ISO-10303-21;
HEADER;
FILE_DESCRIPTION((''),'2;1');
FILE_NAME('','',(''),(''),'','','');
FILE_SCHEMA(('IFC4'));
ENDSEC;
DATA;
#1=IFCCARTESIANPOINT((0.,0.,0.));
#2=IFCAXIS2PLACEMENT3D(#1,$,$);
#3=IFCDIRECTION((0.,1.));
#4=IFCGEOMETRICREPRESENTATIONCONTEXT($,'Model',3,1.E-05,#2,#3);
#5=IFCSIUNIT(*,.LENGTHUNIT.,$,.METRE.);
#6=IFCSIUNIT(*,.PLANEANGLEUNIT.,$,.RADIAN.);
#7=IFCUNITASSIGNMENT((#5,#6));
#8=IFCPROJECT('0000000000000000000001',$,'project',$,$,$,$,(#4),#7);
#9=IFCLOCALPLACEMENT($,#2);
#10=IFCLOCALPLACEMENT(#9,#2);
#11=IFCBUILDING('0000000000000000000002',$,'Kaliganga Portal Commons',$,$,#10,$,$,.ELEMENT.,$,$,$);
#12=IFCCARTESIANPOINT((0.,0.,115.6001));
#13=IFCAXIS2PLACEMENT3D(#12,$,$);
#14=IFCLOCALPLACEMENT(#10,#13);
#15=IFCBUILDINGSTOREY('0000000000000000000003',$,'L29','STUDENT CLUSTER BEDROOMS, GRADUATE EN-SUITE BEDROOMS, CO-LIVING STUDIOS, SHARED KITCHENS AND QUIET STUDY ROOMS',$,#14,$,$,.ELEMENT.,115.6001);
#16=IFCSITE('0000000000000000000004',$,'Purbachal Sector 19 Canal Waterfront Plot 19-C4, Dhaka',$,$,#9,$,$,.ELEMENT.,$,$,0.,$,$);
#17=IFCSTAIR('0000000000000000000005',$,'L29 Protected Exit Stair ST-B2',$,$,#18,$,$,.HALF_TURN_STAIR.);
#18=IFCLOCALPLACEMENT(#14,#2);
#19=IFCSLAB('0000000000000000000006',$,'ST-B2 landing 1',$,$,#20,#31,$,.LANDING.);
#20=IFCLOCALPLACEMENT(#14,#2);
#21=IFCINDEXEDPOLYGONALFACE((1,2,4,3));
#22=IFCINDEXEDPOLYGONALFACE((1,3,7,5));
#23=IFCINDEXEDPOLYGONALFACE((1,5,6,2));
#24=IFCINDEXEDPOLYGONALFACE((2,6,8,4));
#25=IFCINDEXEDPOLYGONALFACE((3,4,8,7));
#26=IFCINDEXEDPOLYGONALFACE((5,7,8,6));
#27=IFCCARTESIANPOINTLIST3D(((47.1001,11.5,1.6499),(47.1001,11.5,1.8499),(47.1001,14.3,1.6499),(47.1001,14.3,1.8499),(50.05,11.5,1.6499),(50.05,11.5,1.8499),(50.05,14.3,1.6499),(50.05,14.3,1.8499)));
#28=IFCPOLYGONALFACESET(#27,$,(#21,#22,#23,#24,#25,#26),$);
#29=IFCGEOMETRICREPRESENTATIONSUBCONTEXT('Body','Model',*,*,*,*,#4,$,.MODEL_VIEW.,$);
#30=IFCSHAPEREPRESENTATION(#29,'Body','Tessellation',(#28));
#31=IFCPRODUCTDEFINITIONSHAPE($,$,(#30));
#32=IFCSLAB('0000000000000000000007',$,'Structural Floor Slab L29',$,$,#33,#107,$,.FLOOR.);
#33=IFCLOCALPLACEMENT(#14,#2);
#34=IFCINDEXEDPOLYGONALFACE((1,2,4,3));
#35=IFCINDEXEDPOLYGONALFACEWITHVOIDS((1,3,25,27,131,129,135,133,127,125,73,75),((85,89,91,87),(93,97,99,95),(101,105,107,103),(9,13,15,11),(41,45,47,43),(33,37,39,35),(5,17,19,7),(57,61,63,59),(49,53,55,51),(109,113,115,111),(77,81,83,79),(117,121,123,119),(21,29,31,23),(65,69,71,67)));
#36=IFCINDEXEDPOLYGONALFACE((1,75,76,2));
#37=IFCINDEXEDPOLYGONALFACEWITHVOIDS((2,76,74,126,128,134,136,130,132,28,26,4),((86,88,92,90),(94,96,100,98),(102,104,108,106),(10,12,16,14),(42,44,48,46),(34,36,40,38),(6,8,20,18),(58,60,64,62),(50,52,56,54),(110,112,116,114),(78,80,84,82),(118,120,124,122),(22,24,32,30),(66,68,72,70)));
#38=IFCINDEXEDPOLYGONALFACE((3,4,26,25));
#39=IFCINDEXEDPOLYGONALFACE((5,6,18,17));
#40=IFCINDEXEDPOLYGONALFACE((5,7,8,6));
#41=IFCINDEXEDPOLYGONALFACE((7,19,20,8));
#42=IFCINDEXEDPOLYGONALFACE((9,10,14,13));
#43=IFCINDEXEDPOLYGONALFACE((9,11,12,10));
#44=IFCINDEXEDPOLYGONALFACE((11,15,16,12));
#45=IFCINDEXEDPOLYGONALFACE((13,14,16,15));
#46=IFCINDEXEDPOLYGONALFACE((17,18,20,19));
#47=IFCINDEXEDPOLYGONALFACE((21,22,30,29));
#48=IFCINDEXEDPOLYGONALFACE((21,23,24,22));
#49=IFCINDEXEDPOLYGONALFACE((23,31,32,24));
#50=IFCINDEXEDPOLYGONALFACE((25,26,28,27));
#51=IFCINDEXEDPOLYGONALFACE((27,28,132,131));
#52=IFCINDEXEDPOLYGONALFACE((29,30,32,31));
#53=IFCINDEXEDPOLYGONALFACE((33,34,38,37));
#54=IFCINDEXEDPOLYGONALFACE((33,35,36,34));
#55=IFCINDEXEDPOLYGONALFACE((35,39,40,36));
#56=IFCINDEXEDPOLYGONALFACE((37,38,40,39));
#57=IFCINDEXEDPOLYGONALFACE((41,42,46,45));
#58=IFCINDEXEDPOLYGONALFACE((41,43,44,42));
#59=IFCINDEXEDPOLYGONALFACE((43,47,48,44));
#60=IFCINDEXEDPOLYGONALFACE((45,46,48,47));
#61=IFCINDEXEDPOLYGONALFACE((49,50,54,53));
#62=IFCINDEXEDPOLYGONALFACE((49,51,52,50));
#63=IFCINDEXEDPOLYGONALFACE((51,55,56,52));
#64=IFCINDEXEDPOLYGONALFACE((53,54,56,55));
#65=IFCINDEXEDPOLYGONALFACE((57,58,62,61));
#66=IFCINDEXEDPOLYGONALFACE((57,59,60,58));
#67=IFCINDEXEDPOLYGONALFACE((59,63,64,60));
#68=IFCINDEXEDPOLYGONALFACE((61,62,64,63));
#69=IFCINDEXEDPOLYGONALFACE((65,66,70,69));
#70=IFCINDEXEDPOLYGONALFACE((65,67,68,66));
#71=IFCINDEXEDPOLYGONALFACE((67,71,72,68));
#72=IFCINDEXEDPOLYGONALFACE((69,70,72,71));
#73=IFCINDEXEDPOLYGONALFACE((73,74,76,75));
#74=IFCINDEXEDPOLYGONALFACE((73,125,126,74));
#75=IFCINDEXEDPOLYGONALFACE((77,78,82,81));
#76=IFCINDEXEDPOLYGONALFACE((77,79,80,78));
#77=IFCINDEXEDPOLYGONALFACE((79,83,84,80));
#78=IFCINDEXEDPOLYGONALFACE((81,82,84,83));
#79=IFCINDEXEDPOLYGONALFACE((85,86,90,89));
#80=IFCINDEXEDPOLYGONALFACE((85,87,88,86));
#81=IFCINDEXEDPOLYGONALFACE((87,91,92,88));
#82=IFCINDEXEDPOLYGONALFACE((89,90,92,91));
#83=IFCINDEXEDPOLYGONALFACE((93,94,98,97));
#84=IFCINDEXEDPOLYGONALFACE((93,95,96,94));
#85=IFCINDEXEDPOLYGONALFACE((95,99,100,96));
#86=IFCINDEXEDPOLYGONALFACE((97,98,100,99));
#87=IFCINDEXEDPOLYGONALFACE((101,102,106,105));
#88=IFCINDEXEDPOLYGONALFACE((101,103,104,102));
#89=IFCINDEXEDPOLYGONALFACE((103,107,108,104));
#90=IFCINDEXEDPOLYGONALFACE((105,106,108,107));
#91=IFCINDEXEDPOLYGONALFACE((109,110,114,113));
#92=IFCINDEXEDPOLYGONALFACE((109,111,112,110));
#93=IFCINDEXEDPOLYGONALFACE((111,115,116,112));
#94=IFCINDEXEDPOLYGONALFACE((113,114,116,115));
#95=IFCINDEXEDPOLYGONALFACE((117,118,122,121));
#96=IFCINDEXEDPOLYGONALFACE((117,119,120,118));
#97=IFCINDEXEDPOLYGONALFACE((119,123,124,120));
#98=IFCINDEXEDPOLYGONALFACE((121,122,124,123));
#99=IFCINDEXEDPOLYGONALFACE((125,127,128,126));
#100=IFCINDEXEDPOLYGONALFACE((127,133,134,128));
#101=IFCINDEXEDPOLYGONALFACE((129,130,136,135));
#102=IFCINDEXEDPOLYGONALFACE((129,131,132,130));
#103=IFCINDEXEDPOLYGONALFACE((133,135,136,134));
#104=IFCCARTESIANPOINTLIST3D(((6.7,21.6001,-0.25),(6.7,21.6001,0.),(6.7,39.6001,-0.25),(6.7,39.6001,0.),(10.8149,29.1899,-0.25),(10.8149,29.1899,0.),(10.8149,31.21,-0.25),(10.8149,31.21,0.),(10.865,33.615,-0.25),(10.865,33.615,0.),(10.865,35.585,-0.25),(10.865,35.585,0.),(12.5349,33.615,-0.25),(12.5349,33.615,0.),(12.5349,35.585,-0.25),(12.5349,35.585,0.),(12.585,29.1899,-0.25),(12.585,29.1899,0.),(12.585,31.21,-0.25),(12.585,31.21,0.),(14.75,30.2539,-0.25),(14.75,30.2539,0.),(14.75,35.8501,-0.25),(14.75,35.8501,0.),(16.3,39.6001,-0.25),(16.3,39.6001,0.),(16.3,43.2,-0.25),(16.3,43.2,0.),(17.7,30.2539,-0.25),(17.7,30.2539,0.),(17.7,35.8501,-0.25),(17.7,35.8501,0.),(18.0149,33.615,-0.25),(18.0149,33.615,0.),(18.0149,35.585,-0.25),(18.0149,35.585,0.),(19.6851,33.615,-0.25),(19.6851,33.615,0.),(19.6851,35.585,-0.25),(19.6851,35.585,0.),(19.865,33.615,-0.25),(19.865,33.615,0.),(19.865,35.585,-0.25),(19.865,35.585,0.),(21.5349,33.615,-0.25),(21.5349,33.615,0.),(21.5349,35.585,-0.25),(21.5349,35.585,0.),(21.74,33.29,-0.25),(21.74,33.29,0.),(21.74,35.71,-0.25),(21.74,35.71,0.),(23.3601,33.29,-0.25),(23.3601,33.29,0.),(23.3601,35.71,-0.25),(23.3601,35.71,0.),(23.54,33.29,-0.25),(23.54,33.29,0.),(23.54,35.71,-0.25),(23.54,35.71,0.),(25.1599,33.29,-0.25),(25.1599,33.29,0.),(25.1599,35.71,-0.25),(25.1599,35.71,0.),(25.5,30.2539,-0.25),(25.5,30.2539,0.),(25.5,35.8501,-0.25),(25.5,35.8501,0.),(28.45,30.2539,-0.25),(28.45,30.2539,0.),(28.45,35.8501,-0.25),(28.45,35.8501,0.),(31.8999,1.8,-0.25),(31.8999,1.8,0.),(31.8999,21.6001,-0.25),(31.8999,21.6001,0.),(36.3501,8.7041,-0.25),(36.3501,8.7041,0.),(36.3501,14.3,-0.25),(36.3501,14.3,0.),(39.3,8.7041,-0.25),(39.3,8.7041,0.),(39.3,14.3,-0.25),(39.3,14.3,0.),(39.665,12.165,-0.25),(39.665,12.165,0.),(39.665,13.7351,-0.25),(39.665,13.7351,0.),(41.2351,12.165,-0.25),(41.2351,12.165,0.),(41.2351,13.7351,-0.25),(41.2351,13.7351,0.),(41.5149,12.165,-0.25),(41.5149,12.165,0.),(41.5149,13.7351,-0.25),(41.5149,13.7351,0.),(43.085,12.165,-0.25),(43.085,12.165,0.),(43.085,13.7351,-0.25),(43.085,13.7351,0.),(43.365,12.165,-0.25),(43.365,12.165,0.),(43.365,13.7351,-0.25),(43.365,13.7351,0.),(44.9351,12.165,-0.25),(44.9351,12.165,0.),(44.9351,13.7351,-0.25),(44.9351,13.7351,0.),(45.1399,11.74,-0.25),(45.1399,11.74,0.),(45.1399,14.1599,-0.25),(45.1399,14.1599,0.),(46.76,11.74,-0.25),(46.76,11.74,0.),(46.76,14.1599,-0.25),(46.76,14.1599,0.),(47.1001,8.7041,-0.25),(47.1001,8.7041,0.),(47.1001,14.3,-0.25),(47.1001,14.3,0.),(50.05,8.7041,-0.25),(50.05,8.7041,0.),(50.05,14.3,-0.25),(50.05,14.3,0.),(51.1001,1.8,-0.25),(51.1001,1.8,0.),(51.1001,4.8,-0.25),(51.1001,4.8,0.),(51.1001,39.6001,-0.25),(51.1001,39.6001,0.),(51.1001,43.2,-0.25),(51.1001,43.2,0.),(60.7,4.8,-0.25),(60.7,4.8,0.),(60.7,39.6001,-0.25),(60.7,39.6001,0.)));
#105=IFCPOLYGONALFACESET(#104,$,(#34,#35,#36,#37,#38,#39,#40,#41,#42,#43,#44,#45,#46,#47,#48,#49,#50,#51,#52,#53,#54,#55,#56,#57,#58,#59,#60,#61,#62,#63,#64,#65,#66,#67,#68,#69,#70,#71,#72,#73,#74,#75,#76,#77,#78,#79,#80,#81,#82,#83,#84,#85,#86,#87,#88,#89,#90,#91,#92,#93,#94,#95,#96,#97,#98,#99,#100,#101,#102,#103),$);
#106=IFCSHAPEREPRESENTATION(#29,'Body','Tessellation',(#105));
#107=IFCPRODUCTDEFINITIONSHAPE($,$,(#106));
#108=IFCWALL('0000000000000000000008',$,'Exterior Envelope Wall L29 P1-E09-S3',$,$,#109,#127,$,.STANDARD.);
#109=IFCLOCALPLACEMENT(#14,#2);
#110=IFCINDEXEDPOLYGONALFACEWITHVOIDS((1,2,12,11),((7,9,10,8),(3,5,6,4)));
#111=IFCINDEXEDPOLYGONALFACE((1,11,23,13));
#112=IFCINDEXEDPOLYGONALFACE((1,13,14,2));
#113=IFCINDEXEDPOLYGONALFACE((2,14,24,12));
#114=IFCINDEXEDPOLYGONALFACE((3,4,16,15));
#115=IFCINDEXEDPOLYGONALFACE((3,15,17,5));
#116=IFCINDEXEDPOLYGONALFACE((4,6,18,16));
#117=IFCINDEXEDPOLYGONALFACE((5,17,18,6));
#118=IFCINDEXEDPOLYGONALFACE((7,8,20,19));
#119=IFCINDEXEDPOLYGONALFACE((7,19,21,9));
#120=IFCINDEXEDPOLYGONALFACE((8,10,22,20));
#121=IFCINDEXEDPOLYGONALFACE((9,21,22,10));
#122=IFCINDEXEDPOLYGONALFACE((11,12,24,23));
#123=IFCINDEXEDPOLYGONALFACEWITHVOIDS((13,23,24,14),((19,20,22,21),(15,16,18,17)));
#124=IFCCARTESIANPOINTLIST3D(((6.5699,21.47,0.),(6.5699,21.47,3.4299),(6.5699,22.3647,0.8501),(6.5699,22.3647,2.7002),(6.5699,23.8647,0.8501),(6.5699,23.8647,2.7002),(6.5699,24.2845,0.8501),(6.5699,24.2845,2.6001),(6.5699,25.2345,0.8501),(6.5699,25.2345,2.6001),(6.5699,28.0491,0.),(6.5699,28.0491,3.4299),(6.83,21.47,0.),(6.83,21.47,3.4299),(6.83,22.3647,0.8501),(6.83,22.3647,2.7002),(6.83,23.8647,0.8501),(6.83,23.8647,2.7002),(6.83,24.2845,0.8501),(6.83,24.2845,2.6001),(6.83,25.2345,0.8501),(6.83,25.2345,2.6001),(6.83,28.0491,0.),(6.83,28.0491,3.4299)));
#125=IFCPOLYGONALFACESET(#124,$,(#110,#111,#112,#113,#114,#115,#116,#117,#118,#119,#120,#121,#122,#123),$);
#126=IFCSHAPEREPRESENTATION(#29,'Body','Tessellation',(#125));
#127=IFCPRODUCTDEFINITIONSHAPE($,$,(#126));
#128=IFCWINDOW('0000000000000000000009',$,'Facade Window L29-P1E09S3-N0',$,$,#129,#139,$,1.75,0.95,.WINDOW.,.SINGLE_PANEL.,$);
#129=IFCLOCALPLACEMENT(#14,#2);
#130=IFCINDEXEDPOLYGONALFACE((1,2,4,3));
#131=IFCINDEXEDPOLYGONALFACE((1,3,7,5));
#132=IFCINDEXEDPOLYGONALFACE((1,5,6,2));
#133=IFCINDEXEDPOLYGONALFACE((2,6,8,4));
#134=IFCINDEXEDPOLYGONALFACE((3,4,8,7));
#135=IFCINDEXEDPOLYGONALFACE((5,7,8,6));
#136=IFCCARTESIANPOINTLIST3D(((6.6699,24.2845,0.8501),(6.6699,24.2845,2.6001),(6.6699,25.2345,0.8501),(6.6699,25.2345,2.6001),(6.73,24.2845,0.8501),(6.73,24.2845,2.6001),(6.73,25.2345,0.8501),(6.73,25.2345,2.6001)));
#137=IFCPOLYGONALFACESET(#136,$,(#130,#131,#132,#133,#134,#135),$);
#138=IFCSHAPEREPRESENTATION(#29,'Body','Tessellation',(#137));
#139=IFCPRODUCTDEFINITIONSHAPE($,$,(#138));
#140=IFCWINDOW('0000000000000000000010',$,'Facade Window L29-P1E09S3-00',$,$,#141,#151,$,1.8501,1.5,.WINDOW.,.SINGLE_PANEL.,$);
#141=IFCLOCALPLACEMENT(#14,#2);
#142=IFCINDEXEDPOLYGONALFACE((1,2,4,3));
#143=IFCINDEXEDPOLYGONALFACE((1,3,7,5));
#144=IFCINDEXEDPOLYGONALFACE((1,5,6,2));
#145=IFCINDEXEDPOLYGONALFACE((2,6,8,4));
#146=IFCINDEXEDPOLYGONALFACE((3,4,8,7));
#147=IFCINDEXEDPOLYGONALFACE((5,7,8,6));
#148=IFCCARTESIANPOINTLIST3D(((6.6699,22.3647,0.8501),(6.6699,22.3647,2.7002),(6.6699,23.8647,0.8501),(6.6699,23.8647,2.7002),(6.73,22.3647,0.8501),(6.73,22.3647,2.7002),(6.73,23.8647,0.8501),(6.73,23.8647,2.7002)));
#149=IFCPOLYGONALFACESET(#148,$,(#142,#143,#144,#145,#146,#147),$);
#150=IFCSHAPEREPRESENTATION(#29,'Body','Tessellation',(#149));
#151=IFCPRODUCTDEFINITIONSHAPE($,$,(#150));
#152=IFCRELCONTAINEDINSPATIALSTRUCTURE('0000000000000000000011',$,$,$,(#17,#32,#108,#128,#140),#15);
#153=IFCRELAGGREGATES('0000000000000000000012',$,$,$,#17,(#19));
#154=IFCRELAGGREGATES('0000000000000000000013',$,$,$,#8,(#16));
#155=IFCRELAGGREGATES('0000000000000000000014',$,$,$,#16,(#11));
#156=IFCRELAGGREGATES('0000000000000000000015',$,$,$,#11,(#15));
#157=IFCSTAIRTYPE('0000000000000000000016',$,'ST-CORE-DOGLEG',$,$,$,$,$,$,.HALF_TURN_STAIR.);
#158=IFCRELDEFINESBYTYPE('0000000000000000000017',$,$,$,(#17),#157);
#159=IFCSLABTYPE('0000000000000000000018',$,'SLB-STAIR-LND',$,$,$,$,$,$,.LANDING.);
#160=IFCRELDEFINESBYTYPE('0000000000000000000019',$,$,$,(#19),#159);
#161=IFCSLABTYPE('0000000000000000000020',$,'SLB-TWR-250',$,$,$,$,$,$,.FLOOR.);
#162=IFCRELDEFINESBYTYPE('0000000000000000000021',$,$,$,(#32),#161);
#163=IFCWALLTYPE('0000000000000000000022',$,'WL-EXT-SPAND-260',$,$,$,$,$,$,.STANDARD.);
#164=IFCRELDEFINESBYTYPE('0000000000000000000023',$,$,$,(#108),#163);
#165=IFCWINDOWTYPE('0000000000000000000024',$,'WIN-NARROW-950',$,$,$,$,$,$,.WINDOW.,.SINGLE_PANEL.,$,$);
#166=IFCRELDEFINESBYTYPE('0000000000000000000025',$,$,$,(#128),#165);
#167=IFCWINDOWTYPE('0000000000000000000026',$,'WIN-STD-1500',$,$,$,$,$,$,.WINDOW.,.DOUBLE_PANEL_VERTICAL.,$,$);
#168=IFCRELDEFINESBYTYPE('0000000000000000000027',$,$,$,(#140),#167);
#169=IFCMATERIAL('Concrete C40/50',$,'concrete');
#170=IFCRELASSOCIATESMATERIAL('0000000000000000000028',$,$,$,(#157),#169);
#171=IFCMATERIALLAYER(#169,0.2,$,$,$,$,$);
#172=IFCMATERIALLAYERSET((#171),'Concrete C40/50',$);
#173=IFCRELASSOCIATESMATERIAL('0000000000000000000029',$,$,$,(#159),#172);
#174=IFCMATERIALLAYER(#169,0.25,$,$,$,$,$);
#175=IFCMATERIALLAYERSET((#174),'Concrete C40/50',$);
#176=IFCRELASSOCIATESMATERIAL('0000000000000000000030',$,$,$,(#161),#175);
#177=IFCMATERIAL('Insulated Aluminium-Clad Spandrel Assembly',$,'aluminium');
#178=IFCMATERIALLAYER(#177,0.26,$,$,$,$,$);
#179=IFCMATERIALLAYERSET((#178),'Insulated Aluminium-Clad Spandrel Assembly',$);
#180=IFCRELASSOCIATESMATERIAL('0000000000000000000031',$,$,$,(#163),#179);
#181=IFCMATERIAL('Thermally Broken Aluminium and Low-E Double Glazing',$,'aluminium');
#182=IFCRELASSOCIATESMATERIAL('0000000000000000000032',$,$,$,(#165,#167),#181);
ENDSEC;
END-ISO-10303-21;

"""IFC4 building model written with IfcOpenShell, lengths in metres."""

from ifc_helpers import new_model, si_unit, direction, frame, frame_2d, origin, place, context, subcontext, project, spatial, polyline, rectangle, outline, extrude, material, layer, layer_set, type_object, element, fill, aggregate, save


model = new_model("IFC4")

# Units and contexts
model_context = context("Model", 3, precision=1e-05, world=origin(), true_north=direction((0.0, 1.0)))
body_context = subcontext(model_context, "Body", "Model", "MODEL_VIEW")
ifc_project = project(units=[si_unit("LENGTHUNIT", "METRE"), si_unit("PLANEANGLEUNIT", "RADIAN")], contexts=[model_context])

# Site, building, storey
site_placement = place(None, origin())
site = spatial("IfcSite", under=ifc_project, at=site_placement, Name="Purbachal Sector 19 Canal Waterfront Plot 19-C4, Dhaka", CompositionType="ELEMENT", RefElevation=0.0)
building_placement = place(site_placement, origin())
building = spatial("IfcBuilding", under=site, at=building_placement, Name="Kaliganga Portal Commons", CompositionType="ELEMENT")
storey_placement = place(building_placement, frame((0.0, 0.0, 115.6001)))
storey = spatial("IfcBuildingStorey", under=building, at=storey_placement, Name="L29", Description="STUDENT CLUSTER BEDROOMS, GRADUATE EN-SUITE BEDROOMS, CO-LIVING STUDIOS, SHARED KITCHENS AND QUIET STUDY ROOMS", CompositionType="ELEMENT", Elevation=115.6001)

# Shared definitions
ifc_material_1 = material(Name="Concrete C40/50", Category="concrete")

# Stair, slab
stair_type = type_object("IfcStairType", Name="ST-CORE-DOGLEG", PredefinedType="HALF_TURN_STAIR", material=ifc_material_1)
ifc_layer_1 = layer(ifc_material_1, 0.2)
ifc_layer_set_1 = layer_set([ifc_layer_1], Name="Concrete C40/50")
slab_type_1 = type_object("IfcSlabType", Name="SLB-STAIR-LND", PredefinedType="LANDING", material=ifc_layer_set_1)
stair_1_placement = place(storey_placement, origin())
stair_1 = element("IfcStair", 1, at=stair_1_placement, inside=storey, type_object=stair_type, Name="L29 Protected Exit Stair ST-B2", PredefinedType="HALF_TURN_STAIR")
slab_1_placement = place(storey_placement, frame((0.0, 0.0, 1.6499)))
slab_1 = element("IfcSlab", 2, at=slab_1_placement, type_object=slab_type_1, Name="ST-B2 landing 1", PredefinedType="LANDING", context=body_context, shape_type="SweptSolid", body=[
    extrude(outline(polyline([(50.05, 11.5), (50.05, 14.3), (47.1001, 14.3), (47.1001, 11.5), (50.05, 11.5)])), origin(), (0.0, 0.0, 1.0), 0.2),
])
aggregate(stair_1, [slab_1])

# Slab
ifc_layer_2 = layer(ifc_material_1, 0.25)
ifc_layer_set_2 = layer_set([ifc_layer_2], Name="Concrete C40/50")
slab_type_2 = type_object("IfcSlabType", Name="SLB-TWR-250", PredefinedType="FLOOR", material=ifc_layer_set_2)
slab_2_placement = place(storey_placement, frame((0.0, 0.0, -0.25)))
element("IfcSlab", 3, at=slab_2_placement, inside=storey, type_object=slab_type_2, Name="Structural Floor Slab L29", PredefinedType="FLOOR", context=body_context, shape_type="SweptSolid", body=[
    extrude(outline(polyline([(31.8999, 1.8), (51.1001, 1.8), (51.1001, 4.8), (60.7, 4.8), (60.7, 39.6001), (51.1001, 39.6001), (51.1001, 43.2), (16.3, 43.2), (16.3, 39.6001), (6.7, 39.6001), (6.7, 21.6001), (31.8999, 21.6001), (31.8999, 1.8)]), holes=[polyline([(14.75, 30.2539), (14.75, 35.8501), (17.7, 35.8501), (17.7, 30.2539), (14.75, 30.2539)]), polyline([(25.5, 30.2539), (25.5, 35.8501), (28.45, 35.8501), (28.45, 30.2539), (25.5, 30.2539)]), polyline([(36.3501, 8.7041), (36.3501, 14.3), (39.3, 14.3), (39.3, 8.7041), (36.3501, 8.7041)]), polyline([(47.1001, 8.7041), (47.1001, 14.3), (50.05, 14.3), (50.05, 8.7041), (47.1001, 8.7041)]), polyline([(18.0149, 33.615), (18.0149, 35.585), (19.6851, 35.585), (19.6851, 33.615), (18.0149, 33.615)]), polyline([(19.865, 33.615), (19.865, 35.585), (21.5349, 35.585), (21.5349, 33.615), (19.865, 33.615)]), polyline([(10.8149, 29.1899), (10.8149, 31.21), (12.585, 31.21), (12.585, 29.1899), (10.8149, 29.1899)]), polyline([(10.865, 33.615), (10.865, 35.585), (12.5349, 35.585), (12.5349, 33.615), (10.865, 33.615)]), polyline([(21.74, 33.29), (21.74, 35.71), (23.3601, 35.71), (23.3601, 33.29), (21.74, 33.29)]), polyline([(23.54, 33.29), (23.54, 35.71), (25.1599, 35.71), (25.1599, 33.29), (23.54, 33.29)]), polyline([(39.665, 12.165), (39.665, 13.7351), (41.2351, 13.7351), (41.2351, 12.165), (39.665, 12.165)]), polyline([(41.5149, 12.165), (41.5149, 13.7351), (43.085, 13.7351), (43.085, 12.165), (41.5149, 12.165)]), polyline([(43.365, 12.165), (43.365, 13.7351), (44.9351, 13.7351), (44.9351, 12.165), (43.365, 12.165)]), polyline([(45.1399, 11.74), (45.1399, 14.1599), (46.76, 14.1599), (46.76, 11.74), (45.1399, 11.74)])]), origin(), (0.0, 0.0, 1.0), 0.25),
])

# Wall, openings, windows
ifc_material_2 = material(Name="Insulated Aluminium-Clad Spandrel Assembly", Category="aluminium")
ifc_layer_3 = layer(ifc_material_2, 0.26)
ifc_layer_set_3 = layer_set([ifc_layer_3], Name="Insulated Aluminium-Clad Spandrel Assembly")
wall_type_1 = type_object("IfcWallType", Name="WL-EXT-SPAND-260", PredefinedType="STANDARD", material=ifc_layer_set_3)
wall_1_placement = place(storey_placement, frame((6.7, 21.47, 0.0), z_axis=(0.0, 0.0, 1.0), x_axis=(0.0, 1.0, 0.0)))
wall_1 = element("IfcWall", 4, at=wall_1_placement, inside=storey, type_object=wall_type_1, Name="Exterior Envelope Wall L29 P1-E09-S3", PredefinedType="STANDARD", context=body_context, shape_type="SweptSolid", body=[
    extrude(rectangle(XDim=6.5791, YDim=0.26, at=frame_2d((3.2896, 0.0))), origin(), (0.0, 0.0, 1.0), 3.4299),
])
opening_1_placement = place(wall_1_placement, frame((0.8948, 0.0, 0.8501)))
opening_1 = element("IfcOpeningElement", 5, at=opening_1_placement, cuts=wall_1, PredefinedType="OPENING", context=body_context, shape_type="SweptSolid", body=[
    extrude(rectangle(XDim=1.5, YDim=1.8501, at=frame_2d((0.75, 0.925))), frame((0.0, 0.1401, 0.0), z_axis=(0.0, -1.0, 0.0), x_axis=(1.0, 0.0, 0.0)), (0.0, 0.0, 1.0), 0.28),
])
opening_2_placement = place(wall_1_placement, frame((2.8145, 0.0, 0.8501)))
opening_2 = element("IfcOpeningElement", 6, at=opening_2_placement, cuts=wall_1, PredefinedType="OPENING", context=body_context, shape_type="SweptSolid", body=[
    extrude(rectangle(XDim=0.95, YDim=1.75, at=frame_2d((0.4751, 0.875))), frame((0.0, 0.1401, 0.0), z_axis=(0.0, -1.0, 0.0), x_axis=(1.0, 0.0, 0.0)), (0.0, 0.0, 1.0), 0.28),
])
ifc_material_3 = material(Name="Thermally Broken Aluminium and Low-E Double Glazing", Category="aluminium")
window_type_1 = type_object("IfcWindowType", Name="WIN-NARROW-950", PartitioningType="SINGLE_PANEL", PredefinedType="WINDOW", material=ifc_material_3)
window_1_placement = place(opening_2_placement, origin())
window_1 = element("IfcWindow", 7, at=window_1_placement, inside=storey, type_object=window_type_1, Name="Facade Window L29-P1E09S3-N0", OverallHeight=1.75, OverallWidth=0.95, PartitioningType="SINGLE_PANEL", PredefinedType="WINDOW", context=body_context, shape_type="SweptSolid", body=[
    extrude(rectangle(XDim=0.95, YDim=1.75, at=frame_2d((0.4751, 0.875))), frame((0.0, 0.03, 0.0), z_axis=(0.0, -1.0, 0.0), x_axis=(1.0, 0.0, 0.0)), (0.0, 0.0, 1.0), 0.0601),
])
fill(opening_2, window_1)
window_type_2 = type_object("IfcWindowType", Name="WIN-STD-1500", PartitioningType="DOUBLE_PANEL_VERTICAL", PredefinedType="WINDOW", material=ifc_material_3)
window_2_placement = place(opening_1_placement, origin())
window_2 = element("IfcWindow", 8, at=window_2_placement, inside=storey, type_object=window_type_2, Name="Facade Window L29-P1E09S3-00", OverallHeight=1.8501, OverallWidth=1.5, PartitioningType="SINGLE_PANEL", PredefinedType="WINDOW", context=body_context, shape_type="SweptSolid", body=[
    extrude(rectangle(XDim=1.5, YDim=1.8501, at=frame_2d((0.75, 0.925))), frame((0.0, 0.03, 0.0), z_axis=(0.0, -1.0, 0.0), x_axis=(1.0, 0.0, 0.0)), (0.0, 0.0, 1.0), 0.0601),
])
fill(opening_1, window_2)

save(model, "model.ifc")
